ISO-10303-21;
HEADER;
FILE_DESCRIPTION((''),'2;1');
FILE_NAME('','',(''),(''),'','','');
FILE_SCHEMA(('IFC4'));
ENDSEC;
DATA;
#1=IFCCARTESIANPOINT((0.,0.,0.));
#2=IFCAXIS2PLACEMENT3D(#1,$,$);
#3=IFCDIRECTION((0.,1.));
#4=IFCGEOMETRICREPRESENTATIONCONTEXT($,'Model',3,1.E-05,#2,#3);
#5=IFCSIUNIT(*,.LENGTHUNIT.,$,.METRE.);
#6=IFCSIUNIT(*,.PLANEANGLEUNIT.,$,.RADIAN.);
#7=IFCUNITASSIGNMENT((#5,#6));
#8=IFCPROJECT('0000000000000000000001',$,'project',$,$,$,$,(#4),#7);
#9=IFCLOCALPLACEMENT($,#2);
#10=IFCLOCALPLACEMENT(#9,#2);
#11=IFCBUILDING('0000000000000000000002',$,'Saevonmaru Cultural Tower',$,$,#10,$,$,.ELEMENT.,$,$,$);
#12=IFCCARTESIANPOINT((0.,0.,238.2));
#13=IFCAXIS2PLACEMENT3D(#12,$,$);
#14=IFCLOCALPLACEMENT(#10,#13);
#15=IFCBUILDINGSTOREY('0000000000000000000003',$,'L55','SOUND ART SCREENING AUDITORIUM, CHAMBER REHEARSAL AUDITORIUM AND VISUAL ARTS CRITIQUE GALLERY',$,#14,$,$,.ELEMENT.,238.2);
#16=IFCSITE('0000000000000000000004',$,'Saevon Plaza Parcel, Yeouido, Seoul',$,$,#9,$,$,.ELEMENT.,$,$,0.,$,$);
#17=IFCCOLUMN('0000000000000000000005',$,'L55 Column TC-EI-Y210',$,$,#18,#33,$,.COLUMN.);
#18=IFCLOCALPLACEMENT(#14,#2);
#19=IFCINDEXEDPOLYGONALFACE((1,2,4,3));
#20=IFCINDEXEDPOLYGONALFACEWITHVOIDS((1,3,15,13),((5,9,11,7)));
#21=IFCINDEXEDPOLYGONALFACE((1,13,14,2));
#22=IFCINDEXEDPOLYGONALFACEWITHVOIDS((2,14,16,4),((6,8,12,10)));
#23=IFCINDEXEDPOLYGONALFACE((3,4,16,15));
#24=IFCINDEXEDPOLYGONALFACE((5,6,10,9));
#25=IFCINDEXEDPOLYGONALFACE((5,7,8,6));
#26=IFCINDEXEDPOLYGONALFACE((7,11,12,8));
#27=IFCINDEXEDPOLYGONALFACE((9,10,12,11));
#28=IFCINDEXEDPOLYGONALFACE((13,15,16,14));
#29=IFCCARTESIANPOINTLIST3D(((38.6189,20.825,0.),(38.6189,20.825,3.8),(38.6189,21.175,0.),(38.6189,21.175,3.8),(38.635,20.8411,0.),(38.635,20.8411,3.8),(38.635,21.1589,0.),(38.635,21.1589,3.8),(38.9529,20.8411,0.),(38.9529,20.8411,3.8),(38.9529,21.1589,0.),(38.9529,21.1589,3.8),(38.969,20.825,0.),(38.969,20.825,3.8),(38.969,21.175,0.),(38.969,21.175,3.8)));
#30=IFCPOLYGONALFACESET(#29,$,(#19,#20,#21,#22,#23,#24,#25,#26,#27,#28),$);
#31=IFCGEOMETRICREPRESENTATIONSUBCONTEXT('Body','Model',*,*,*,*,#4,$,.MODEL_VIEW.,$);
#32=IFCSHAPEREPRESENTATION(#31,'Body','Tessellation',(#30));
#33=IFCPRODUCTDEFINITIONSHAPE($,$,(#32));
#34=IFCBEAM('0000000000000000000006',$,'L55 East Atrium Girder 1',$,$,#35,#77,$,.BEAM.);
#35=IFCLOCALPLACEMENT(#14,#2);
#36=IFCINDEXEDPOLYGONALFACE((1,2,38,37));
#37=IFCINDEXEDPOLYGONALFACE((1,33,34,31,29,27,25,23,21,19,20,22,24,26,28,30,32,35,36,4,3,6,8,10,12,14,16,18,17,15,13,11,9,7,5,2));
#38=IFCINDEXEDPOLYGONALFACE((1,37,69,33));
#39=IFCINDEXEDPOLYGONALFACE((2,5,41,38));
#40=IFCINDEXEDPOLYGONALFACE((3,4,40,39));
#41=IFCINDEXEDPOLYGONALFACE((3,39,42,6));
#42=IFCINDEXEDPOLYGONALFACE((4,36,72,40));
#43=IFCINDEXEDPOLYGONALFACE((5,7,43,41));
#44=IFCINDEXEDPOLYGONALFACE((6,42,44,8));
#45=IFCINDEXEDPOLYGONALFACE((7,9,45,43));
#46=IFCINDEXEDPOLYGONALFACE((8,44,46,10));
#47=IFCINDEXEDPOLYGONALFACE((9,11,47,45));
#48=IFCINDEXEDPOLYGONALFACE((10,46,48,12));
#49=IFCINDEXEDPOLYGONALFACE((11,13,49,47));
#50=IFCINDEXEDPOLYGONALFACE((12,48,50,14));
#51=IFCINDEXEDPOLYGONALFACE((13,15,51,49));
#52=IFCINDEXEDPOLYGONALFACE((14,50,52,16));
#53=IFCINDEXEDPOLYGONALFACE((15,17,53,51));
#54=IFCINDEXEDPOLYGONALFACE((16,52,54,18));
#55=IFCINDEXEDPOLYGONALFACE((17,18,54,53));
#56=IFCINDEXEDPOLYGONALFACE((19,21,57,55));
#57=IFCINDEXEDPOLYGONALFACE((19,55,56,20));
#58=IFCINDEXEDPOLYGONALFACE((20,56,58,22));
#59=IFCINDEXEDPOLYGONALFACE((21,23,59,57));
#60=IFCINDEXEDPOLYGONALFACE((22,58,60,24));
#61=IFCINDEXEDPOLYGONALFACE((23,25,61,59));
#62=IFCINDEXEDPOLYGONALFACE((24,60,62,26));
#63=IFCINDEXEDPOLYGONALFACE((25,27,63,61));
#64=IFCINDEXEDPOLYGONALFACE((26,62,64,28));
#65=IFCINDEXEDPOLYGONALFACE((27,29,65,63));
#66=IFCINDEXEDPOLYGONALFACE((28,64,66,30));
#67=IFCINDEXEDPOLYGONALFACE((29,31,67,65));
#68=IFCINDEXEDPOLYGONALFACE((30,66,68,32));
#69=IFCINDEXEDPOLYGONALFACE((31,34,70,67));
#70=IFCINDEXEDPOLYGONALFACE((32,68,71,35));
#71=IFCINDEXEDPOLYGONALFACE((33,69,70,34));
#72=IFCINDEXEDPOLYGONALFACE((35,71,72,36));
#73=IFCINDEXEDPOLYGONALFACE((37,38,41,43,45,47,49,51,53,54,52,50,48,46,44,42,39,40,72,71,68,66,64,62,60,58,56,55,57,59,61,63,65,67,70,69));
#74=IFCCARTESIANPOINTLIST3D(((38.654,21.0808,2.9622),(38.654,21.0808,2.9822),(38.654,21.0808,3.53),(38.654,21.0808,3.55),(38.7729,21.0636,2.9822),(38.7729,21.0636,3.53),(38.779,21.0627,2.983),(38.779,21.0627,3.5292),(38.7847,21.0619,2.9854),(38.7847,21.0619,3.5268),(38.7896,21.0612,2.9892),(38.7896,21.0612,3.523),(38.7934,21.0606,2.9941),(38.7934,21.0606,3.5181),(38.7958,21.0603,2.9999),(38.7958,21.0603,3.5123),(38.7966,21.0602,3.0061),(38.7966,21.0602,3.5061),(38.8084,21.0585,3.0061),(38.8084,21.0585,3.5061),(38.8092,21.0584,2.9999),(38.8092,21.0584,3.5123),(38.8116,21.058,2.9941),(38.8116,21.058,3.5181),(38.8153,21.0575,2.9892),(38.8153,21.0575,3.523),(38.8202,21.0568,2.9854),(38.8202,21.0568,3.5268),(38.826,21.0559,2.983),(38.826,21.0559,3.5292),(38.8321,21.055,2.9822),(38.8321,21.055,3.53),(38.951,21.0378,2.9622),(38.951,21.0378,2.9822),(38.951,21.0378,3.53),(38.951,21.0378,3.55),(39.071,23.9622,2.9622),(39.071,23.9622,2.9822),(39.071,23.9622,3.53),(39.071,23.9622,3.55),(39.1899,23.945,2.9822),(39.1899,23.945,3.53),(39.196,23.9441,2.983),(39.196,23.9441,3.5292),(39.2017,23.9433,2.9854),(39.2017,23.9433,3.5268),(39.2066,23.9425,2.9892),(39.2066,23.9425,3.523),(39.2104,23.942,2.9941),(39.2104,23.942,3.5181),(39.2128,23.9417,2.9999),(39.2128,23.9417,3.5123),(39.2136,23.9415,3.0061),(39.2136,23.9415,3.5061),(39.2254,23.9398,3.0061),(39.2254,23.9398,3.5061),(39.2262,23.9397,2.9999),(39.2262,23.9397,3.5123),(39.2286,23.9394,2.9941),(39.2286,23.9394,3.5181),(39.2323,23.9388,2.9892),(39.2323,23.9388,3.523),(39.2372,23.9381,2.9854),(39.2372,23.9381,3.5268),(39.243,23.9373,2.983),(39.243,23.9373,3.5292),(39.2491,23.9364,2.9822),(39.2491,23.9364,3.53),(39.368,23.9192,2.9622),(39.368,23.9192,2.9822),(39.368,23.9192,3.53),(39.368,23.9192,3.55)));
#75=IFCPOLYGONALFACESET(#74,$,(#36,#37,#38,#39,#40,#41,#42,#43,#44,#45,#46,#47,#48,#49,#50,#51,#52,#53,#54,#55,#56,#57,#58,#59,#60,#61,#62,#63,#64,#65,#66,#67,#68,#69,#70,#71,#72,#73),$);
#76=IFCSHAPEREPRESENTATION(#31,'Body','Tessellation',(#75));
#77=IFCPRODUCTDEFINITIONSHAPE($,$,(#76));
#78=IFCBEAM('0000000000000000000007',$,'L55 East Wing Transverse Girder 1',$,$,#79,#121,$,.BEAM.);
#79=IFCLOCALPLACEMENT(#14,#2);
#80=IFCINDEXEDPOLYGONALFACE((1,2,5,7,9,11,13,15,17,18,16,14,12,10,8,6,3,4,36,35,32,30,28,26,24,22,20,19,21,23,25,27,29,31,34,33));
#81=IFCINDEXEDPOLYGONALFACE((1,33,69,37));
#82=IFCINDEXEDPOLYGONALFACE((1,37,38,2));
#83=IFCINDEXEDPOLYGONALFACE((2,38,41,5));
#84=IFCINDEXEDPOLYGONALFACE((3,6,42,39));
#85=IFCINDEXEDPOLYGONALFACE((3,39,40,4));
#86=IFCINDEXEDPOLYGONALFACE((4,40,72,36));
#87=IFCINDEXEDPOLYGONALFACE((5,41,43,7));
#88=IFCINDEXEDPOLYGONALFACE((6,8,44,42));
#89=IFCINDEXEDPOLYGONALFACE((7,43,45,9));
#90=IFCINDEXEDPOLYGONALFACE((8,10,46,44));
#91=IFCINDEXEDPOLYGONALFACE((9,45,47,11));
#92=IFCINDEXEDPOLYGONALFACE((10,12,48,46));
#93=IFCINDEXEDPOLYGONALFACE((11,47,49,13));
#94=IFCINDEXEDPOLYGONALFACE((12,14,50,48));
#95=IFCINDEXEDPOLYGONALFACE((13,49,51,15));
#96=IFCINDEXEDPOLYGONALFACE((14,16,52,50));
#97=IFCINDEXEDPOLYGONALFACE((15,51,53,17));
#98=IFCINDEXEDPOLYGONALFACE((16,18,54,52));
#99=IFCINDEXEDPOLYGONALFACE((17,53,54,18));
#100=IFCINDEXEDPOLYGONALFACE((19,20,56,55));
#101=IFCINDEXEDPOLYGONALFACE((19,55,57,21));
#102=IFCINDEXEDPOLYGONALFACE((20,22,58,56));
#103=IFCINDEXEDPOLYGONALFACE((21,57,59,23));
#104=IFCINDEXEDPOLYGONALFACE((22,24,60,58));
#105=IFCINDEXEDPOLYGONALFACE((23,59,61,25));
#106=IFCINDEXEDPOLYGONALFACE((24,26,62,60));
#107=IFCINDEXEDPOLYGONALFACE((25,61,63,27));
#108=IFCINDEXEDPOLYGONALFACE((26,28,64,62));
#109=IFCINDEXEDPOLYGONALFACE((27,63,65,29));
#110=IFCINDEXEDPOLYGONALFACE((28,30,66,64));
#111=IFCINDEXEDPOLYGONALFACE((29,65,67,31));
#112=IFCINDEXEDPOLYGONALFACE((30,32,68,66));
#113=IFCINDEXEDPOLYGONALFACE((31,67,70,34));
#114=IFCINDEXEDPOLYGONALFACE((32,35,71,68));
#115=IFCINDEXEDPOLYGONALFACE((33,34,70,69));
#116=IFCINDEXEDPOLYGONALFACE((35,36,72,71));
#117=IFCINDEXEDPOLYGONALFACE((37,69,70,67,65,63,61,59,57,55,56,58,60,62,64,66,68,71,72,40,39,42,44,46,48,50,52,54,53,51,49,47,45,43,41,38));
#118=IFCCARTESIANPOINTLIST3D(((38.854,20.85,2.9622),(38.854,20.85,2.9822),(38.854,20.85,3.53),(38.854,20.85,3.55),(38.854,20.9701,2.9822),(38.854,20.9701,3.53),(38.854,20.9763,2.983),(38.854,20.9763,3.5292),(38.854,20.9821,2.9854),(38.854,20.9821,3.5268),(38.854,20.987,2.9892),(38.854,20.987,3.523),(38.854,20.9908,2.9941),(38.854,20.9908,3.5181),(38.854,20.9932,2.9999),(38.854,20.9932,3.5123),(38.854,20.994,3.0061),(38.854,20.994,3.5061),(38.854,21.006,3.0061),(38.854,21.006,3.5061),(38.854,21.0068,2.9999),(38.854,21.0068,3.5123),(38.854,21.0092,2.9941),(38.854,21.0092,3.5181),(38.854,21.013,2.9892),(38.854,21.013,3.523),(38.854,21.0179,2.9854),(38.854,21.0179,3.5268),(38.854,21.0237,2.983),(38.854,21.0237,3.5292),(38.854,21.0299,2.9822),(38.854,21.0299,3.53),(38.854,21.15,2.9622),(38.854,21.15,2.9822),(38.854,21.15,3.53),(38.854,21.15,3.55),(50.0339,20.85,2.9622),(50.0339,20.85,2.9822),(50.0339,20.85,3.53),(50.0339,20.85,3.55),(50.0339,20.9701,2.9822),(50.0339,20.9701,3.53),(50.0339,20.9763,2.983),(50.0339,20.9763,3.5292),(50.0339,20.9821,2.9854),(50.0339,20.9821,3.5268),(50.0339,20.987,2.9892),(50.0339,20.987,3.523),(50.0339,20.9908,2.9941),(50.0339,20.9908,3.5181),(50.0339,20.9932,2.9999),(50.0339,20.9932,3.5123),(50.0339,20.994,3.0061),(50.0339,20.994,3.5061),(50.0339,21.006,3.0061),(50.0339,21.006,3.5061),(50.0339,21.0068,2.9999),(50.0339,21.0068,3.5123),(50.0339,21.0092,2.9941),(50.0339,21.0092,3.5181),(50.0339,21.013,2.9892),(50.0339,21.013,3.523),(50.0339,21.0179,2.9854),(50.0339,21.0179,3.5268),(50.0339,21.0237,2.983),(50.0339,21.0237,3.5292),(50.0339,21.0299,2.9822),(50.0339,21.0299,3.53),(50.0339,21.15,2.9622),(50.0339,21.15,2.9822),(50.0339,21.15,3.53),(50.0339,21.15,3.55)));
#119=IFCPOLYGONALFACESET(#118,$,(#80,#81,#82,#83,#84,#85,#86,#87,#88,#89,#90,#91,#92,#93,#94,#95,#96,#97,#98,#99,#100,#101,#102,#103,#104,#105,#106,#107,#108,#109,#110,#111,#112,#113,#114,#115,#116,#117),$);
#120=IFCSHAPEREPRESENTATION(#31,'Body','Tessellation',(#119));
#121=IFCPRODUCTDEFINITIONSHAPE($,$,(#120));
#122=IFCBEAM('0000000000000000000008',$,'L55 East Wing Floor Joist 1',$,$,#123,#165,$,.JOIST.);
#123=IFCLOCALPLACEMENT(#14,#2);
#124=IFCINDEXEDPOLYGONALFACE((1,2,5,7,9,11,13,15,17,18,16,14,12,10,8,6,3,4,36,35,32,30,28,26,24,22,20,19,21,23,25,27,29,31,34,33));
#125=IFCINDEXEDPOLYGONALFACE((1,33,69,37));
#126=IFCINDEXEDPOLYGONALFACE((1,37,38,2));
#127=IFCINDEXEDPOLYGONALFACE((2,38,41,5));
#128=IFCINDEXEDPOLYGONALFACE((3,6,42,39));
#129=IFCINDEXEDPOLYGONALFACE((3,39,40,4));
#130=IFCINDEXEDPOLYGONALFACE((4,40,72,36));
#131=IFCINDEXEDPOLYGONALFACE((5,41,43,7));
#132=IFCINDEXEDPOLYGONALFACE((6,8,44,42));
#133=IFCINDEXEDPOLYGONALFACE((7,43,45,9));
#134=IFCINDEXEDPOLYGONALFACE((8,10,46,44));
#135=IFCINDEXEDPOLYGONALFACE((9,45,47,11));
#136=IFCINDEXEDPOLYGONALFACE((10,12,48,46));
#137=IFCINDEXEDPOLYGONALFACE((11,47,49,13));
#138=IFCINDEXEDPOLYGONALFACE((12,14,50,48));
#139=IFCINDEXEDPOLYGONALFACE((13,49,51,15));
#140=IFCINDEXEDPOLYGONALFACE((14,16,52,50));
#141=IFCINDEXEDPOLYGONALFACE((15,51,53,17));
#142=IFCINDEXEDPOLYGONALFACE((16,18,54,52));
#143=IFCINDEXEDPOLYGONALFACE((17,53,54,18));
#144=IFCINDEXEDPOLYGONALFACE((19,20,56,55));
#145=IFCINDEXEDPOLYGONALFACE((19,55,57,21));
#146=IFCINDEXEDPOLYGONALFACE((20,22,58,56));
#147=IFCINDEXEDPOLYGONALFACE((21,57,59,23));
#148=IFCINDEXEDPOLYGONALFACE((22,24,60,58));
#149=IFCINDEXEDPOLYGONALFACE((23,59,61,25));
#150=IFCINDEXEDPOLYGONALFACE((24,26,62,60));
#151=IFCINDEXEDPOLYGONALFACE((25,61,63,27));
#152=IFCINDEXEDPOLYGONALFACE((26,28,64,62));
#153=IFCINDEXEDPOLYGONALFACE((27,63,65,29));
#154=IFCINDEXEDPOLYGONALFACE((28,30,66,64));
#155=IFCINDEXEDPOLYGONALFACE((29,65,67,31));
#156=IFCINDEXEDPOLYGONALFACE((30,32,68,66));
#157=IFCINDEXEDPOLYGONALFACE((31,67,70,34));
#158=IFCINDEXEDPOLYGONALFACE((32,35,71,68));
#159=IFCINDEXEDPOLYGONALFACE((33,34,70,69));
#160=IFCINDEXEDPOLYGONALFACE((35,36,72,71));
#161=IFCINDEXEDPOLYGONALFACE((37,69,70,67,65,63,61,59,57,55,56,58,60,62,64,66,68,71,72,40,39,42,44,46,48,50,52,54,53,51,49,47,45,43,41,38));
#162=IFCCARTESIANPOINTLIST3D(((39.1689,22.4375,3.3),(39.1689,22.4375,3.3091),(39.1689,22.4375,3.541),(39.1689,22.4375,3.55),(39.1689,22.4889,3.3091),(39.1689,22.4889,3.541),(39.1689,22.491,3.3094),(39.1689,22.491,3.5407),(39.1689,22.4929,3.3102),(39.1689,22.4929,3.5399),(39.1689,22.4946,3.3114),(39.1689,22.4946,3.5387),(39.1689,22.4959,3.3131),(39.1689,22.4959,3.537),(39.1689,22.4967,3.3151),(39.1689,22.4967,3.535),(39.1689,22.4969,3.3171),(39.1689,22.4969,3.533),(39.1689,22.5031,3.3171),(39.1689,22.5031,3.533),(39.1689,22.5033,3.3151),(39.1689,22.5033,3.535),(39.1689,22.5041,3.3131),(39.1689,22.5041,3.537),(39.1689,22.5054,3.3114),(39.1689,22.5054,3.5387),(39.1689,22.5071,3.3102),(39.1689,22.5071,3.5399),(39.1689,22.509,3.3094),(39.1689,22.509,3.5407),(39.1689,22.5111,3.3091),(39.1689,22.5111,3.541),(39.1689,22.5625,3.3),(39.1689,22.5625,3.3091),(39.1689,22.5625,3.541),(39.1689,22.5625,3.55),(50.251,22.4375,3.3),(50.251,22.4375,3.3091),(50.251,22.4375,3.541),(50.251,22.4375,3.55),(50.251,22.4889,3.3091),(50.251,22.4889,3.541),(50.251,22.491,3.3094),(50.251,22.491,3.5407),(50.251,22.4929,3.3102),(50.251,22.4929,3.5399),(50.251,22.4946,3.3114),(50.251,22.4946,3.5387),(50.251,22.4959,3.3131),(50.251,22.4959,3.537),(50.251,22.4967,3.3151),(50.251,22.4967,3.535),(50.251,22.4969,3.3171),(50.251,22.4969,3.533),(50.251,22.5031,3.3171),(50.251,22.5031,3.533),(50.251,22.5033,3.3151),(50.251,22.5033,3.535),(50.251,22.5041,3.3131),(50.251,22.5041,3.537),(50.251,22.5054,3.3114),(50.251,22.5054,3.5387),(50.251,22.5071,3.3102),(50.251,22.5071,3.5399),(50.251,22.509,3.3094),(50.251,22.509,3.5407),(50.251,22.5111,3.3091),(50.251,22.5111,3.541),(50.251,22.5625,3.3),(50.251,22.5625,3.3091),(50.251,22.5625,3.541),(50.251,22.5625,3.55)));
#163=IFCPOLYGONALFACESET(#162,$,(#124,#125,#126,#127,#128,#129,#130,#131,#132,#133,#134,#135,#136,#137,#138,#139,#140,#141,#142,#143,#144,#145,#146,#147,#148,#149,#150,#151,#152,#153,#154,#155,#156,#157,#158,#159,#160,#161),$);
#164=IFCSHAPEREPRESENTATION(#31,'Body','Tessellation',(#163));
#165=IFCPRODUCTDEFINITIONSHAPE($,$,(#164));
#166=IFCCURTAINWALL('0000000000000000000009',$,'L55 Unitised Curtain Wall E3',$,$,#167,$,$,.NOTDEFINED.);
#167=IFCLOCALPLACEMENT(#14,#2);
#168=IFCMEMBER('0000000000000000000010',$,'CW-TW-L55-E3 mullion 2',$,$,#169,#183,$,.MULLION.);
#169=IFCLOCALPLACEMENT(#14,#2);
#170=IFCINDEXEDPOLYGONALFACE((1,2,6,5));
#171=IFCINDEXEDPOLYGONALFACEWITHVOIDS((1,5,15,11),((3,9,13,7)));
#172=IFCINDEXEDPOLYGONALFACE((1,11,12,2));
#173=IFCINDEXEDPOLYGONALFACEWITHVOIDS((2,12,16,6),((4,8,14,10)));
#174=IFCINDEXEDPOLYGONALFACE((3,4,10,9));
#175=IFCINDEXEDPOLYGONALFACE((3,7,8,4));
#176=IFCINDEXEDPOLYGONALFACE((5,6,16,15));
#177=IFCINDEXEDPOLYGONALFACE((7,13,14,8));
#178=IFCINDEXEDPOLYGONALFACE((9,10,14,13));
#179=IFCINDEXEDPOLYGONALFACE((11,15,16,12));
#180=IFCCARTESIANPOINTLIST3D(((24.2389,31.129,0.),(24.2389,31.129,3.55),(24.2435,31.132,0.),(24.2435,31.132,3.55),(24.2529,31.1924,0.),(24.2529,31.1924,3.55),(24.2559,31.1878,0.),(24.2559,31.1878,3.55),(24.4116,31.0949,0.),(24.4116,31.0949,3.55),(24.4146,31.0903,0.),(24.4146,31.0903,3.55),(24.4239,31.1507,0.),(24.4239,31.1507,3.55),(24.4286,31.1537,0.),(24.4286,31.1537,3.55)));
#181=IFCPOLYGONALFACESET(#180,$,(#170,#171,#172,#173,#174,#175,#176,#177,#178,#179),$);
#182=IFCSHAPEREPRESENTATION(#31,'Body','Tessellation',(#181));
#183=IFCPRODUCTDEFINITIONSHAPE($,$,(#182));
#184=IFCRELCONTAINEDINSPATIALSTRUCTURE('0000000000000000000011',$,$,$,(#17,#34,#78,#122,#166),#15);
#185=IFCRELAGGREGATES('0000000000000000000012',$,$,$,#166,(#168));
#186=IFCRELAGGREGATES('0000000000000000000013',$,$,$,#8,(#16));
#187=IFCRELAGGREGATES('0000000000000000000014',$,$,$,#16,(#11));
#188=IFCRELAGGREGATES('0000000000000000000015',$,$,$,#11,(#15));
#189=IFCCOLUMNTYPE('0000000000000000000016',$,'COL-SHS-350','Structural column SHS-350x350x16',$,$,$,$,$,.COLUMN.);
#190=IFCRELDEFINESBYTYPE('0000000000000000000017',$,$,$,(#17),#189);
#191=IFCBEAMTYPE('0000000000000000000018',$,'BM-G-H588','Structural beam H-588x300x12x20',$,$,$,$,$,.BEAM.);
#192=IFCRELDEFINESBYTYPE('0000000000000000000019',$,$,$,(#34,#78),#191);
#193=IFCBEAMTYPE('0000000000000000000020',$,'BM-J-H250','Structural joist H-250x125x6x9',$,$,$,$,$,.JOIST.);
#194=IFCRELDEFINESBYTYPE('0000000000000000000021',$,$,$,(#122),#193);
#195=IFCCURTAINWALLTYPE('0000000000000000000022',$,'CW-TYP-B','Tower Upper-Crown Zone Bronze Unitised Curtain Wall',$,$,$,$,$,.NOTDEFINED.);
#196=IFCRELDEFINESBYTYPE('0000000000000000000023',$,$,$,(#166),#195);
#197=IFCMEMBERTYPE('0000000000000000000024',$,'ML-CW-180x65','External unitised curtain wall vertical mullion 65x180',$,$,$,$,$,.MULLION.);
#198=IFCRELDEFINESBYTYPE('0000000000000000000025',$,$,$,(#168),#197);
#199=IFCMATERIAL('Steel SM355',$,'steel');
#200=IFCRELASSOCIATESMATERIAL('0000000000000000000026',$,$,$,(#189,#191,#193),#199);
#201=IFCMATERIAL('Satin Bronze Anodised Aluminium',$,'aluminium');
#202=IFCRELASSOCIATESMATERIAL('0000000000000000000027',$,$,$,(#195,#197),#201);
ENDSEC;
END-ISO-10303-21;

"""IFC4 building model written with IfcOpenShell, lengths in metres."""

from ifc_helpers import new_model, si_unit, direction, frame, origin, origin_2d, place, context, subcontext, project, spatial, hollow_rectangle, i_section, extrude, material, material_profile, profile_set, type_object, element, aggregate, save


model = new_model("IFC4")

# Units and contexts
model_context = context("Model", 3, precision=1e-05, world=origin(), true_north=direction((0.0, 1.0)))
body_context = subcontext(model_context, "Body", "Model", "MODEL_VIEW")
ifc_project = project(units=[si_unit("LENGTHUNIT", "METRE"), si_unit("PLANEANGLEUNIT", "RADIAN")], contexts=[model_context])

# Site, building, storey
site_placement = place(None, origin())
site = spatial("IfcSite", under=ifc_project, at=site_placement, Name="Saevon Plaza Parcel, Yeouido, Seoul", CompositionType="ELEMENT", RefElevation=0.0)
building_placement = place(site_placement, origin())
building = spatial("IfcBuilding", under=site, at=building_placement, Name="Saevonmaru Cultural Tower", CompositionType="ELEMENT")
storey_placement = place(building_placement, frame((0.0, 0.0, 238.2)))
storey = spatial("IfcBuildingStorey", under=building, at=storey_placement, Name="L55", Description="SOUND ART SCREENING AUDITORIUM, CHAMBER REHEARSAL AUDITORIUM AND VISUAL ARTS CRITIQUE GALLERY", CompositionType="ELEMENT", Elevation=238.2)

# Column
ifc_material_1 = material(Name="Steel SM355", Category="steel")
ifc_material_profile_1 = material_profile(ifc_material_1, hollow_rectangle(XDim=0.3501, YDim=0.3501, WallThickness=0.0161, at=origin_2d()), Name="SHS-350x350x16")
ifc_profile_set_1 = profile_set([ifc_material_profile_1], Name="Steel SM355")
column_type = type_object("IfcColumnType", Name="COL-SHS-350", Description="Structural column SHS-350x350x16", PredefinedType="COLUMN", material=ifc_profile_set_1)
column_placement = place(storey_placement, frame((38.7939, 21.0, 0.0), z_axis=(0.0, 0.0, 1.0), x_axis=(1.0, 0.0, 0.0)))
element("IfcColumn", 1, at=column_placement, inside=storey, type_object=column_type, Name="L55 Column TC-EI-Y210", PredefinedType="COLUMN", context=body_context, shape_type="SweptSolid", body=[
    extrude(hollow_rectangle(XDim=0.3501, YDim=0.3501, WallThickness=0.0161, at=origin_2d()), origin(), (0.0, 0.0, 1.0), 3.8),
])

# Beams
ifc_material_profile_2 = material_profile(ifc_material_1, i_section(OverallWidth=0.3, OverallDepth=0.5879, WebThickness=0.012, FlangeThickness=0.02, FilletRadius=0.0239, at=origin_2d()), Name="H-588x300x12x20")
ifc_profile_set_2 = profile_set([ifc_material_profile_2], Name="Steel SM355")
beam_type_1 = type_object("IfcBeamType", Name="BM-G-H588", Description="Structural beam H-588x300x12x20", PredefinedType="BEAM", material=ifc_profile_set_2)
beam_1_placement = place(storey_placement, frame((38.8025, 21.0593, 3.2561), z_axis=(0.143229, 0.98969, 0.0), x_axis=(-0.98969, 0.143229, 0.0)))
element("IfcBeam", 2, at=beam_1_placement, inside=storey, type_object=beam_type_1, Name="L55 East Atrium Girder 1", PredefinedType="BEAM", context=body_context, shape_type="SweptSolid", body=[
    extrude(i_section(OverallWidth=0.3, OverallDepth=0.5879, WebThickness=0.012, FlangeThickness=0.02, FilletRadius=0.0239, at=origin_2d()), origin(), (0.0, 0.0, 1.0), 2.9114),
])
beam_2_placement = place(storey_placement, frame((38.854, 21.0, 3.2561), z_axis=(1.0, 0.0, 0.0), x_axis=(0.0, 1.0, 0.0)))
element("IfcBeam", 3, at=beam_2_placement, inside=storey, type_object=beam_type_1, Name="L55 East Wing Transverse Girder 1", PredefinedType="BEAM", context=body_context, shape_type="SweptSolid", body=[
    extrude(i_section(OverallWidth=0.3, OverallDepth=0.5879, WebThickness=0.012, FlangeThickness=0.02, FilletRadius=0.0239, at=origin_2d()), origin(), (0.0, 0.0, 1.0), 11.1799),
])
ifc_material_profile_3 = material_profile(ifc_material_1, i_section(OverallWidth=0.125, OverallDepth=0.25, WebThickness=0.0061, FlangeThickness=0.009, FilletRadius=0.0081, at=origin_2d()), Name="H-250x125x6x9")
ifc_profile_set_3 = profile_set([ifc_material_profile_3], Name="Steel SM355")
beam_type_2 = type_object("IfcBeamType", Name="BM-J-H250", Description="Structural joist H-250x125x6x9", PredefinedType="JOIST", material=ifc_profile_set_3)
beam_3_placement = place(storey_placement, frame((39.1689, 22.5, 3.425), z_axis=(1.0, 0.0, 0.0), x_axis=(0.0, 1.0, 0.0)))
element("IfcBeam", 4, at=beam_3_placement, inside=storey, type_object=beam_type_2, Name="L55 East Wing Floor Joist 1", PredefinedType="JOIST", context=body_context, shape_type="SweptSolid", body=[
    extrude(i_section(OverallWidth=0.125, OverallDepth=0.25, WebThickness=0.0061, FlangeThickness=0.009, FilletRadius=0.0081, at=origin_2d()), origin(), (0.0, 0.0, 1.0), 11.082),
])

# Curtain wall, member
ifc_material_2 = material(Name="Satin Bronze Anodised Aluminium", Category="aluminium")
curtain_wall_type_1 = type_object("IfcCurtainWallType", Name="CW-TYP-B", Description="Tower Upper-Crown Zone Bronze Unitised Curtain Wall", PredefinedType="NOTDEFINED", material=ifc_material_2)
curtain_wall_1_placement = place(storey_placement, origin())
curtain_wall_1 = element("IfcCurtainWall", 5, at=curtain_wall_1_placement, inside=storey, type_object=curtain_wall_type_1, Name="L55 Unitised Curtain Wall E3", PredefinedType="NOTDEFINED")
ifc_material_profile_4 = material_profile(ifc_material_2, hollow_rectangle(XDim=0.0649, YDim=0.1799, WallThickness=0.0039, at=origin_2d()), Name="ALU-MULL-180x65x4")
ifc_profile_set_4 = profile_set([ifc_material_profile_4], Name="Satin Bronze Anodised Aluminium")
member_type_1 = type_object("IfcMemberType", Name="ML-CW-180x65", Description="External unitised curtain wall vertical mullion 65x180", PredefinedType="MULLION", material=ifc_profile_set_4)
member_1_placement = place(storey_placement, frame((24.3337, 31.1414, 0.0), z_axis=(0.0, 0.0, 1.0), x_axis=(0.215413, 0.976523, 0.0)))
member_1 = element("IfcMember", 6, at=member_1_placement, type_object=member_type_1, Name="CW-TW-L55-E3 mullion 2", PredefinedType="MULLION", context=body_context, shape_type="SweptSolid", body=[
    extrude(hollow_rectangle(XDim=0.0649, YDim=0.1799, WallThickness=0.0039, at=origin_2d()), origin(), (0.0, 0.0, 1.0), 3.55),
])
aggregate(curtain_wall_1, [member_1])

save(model, "model.ifc")
